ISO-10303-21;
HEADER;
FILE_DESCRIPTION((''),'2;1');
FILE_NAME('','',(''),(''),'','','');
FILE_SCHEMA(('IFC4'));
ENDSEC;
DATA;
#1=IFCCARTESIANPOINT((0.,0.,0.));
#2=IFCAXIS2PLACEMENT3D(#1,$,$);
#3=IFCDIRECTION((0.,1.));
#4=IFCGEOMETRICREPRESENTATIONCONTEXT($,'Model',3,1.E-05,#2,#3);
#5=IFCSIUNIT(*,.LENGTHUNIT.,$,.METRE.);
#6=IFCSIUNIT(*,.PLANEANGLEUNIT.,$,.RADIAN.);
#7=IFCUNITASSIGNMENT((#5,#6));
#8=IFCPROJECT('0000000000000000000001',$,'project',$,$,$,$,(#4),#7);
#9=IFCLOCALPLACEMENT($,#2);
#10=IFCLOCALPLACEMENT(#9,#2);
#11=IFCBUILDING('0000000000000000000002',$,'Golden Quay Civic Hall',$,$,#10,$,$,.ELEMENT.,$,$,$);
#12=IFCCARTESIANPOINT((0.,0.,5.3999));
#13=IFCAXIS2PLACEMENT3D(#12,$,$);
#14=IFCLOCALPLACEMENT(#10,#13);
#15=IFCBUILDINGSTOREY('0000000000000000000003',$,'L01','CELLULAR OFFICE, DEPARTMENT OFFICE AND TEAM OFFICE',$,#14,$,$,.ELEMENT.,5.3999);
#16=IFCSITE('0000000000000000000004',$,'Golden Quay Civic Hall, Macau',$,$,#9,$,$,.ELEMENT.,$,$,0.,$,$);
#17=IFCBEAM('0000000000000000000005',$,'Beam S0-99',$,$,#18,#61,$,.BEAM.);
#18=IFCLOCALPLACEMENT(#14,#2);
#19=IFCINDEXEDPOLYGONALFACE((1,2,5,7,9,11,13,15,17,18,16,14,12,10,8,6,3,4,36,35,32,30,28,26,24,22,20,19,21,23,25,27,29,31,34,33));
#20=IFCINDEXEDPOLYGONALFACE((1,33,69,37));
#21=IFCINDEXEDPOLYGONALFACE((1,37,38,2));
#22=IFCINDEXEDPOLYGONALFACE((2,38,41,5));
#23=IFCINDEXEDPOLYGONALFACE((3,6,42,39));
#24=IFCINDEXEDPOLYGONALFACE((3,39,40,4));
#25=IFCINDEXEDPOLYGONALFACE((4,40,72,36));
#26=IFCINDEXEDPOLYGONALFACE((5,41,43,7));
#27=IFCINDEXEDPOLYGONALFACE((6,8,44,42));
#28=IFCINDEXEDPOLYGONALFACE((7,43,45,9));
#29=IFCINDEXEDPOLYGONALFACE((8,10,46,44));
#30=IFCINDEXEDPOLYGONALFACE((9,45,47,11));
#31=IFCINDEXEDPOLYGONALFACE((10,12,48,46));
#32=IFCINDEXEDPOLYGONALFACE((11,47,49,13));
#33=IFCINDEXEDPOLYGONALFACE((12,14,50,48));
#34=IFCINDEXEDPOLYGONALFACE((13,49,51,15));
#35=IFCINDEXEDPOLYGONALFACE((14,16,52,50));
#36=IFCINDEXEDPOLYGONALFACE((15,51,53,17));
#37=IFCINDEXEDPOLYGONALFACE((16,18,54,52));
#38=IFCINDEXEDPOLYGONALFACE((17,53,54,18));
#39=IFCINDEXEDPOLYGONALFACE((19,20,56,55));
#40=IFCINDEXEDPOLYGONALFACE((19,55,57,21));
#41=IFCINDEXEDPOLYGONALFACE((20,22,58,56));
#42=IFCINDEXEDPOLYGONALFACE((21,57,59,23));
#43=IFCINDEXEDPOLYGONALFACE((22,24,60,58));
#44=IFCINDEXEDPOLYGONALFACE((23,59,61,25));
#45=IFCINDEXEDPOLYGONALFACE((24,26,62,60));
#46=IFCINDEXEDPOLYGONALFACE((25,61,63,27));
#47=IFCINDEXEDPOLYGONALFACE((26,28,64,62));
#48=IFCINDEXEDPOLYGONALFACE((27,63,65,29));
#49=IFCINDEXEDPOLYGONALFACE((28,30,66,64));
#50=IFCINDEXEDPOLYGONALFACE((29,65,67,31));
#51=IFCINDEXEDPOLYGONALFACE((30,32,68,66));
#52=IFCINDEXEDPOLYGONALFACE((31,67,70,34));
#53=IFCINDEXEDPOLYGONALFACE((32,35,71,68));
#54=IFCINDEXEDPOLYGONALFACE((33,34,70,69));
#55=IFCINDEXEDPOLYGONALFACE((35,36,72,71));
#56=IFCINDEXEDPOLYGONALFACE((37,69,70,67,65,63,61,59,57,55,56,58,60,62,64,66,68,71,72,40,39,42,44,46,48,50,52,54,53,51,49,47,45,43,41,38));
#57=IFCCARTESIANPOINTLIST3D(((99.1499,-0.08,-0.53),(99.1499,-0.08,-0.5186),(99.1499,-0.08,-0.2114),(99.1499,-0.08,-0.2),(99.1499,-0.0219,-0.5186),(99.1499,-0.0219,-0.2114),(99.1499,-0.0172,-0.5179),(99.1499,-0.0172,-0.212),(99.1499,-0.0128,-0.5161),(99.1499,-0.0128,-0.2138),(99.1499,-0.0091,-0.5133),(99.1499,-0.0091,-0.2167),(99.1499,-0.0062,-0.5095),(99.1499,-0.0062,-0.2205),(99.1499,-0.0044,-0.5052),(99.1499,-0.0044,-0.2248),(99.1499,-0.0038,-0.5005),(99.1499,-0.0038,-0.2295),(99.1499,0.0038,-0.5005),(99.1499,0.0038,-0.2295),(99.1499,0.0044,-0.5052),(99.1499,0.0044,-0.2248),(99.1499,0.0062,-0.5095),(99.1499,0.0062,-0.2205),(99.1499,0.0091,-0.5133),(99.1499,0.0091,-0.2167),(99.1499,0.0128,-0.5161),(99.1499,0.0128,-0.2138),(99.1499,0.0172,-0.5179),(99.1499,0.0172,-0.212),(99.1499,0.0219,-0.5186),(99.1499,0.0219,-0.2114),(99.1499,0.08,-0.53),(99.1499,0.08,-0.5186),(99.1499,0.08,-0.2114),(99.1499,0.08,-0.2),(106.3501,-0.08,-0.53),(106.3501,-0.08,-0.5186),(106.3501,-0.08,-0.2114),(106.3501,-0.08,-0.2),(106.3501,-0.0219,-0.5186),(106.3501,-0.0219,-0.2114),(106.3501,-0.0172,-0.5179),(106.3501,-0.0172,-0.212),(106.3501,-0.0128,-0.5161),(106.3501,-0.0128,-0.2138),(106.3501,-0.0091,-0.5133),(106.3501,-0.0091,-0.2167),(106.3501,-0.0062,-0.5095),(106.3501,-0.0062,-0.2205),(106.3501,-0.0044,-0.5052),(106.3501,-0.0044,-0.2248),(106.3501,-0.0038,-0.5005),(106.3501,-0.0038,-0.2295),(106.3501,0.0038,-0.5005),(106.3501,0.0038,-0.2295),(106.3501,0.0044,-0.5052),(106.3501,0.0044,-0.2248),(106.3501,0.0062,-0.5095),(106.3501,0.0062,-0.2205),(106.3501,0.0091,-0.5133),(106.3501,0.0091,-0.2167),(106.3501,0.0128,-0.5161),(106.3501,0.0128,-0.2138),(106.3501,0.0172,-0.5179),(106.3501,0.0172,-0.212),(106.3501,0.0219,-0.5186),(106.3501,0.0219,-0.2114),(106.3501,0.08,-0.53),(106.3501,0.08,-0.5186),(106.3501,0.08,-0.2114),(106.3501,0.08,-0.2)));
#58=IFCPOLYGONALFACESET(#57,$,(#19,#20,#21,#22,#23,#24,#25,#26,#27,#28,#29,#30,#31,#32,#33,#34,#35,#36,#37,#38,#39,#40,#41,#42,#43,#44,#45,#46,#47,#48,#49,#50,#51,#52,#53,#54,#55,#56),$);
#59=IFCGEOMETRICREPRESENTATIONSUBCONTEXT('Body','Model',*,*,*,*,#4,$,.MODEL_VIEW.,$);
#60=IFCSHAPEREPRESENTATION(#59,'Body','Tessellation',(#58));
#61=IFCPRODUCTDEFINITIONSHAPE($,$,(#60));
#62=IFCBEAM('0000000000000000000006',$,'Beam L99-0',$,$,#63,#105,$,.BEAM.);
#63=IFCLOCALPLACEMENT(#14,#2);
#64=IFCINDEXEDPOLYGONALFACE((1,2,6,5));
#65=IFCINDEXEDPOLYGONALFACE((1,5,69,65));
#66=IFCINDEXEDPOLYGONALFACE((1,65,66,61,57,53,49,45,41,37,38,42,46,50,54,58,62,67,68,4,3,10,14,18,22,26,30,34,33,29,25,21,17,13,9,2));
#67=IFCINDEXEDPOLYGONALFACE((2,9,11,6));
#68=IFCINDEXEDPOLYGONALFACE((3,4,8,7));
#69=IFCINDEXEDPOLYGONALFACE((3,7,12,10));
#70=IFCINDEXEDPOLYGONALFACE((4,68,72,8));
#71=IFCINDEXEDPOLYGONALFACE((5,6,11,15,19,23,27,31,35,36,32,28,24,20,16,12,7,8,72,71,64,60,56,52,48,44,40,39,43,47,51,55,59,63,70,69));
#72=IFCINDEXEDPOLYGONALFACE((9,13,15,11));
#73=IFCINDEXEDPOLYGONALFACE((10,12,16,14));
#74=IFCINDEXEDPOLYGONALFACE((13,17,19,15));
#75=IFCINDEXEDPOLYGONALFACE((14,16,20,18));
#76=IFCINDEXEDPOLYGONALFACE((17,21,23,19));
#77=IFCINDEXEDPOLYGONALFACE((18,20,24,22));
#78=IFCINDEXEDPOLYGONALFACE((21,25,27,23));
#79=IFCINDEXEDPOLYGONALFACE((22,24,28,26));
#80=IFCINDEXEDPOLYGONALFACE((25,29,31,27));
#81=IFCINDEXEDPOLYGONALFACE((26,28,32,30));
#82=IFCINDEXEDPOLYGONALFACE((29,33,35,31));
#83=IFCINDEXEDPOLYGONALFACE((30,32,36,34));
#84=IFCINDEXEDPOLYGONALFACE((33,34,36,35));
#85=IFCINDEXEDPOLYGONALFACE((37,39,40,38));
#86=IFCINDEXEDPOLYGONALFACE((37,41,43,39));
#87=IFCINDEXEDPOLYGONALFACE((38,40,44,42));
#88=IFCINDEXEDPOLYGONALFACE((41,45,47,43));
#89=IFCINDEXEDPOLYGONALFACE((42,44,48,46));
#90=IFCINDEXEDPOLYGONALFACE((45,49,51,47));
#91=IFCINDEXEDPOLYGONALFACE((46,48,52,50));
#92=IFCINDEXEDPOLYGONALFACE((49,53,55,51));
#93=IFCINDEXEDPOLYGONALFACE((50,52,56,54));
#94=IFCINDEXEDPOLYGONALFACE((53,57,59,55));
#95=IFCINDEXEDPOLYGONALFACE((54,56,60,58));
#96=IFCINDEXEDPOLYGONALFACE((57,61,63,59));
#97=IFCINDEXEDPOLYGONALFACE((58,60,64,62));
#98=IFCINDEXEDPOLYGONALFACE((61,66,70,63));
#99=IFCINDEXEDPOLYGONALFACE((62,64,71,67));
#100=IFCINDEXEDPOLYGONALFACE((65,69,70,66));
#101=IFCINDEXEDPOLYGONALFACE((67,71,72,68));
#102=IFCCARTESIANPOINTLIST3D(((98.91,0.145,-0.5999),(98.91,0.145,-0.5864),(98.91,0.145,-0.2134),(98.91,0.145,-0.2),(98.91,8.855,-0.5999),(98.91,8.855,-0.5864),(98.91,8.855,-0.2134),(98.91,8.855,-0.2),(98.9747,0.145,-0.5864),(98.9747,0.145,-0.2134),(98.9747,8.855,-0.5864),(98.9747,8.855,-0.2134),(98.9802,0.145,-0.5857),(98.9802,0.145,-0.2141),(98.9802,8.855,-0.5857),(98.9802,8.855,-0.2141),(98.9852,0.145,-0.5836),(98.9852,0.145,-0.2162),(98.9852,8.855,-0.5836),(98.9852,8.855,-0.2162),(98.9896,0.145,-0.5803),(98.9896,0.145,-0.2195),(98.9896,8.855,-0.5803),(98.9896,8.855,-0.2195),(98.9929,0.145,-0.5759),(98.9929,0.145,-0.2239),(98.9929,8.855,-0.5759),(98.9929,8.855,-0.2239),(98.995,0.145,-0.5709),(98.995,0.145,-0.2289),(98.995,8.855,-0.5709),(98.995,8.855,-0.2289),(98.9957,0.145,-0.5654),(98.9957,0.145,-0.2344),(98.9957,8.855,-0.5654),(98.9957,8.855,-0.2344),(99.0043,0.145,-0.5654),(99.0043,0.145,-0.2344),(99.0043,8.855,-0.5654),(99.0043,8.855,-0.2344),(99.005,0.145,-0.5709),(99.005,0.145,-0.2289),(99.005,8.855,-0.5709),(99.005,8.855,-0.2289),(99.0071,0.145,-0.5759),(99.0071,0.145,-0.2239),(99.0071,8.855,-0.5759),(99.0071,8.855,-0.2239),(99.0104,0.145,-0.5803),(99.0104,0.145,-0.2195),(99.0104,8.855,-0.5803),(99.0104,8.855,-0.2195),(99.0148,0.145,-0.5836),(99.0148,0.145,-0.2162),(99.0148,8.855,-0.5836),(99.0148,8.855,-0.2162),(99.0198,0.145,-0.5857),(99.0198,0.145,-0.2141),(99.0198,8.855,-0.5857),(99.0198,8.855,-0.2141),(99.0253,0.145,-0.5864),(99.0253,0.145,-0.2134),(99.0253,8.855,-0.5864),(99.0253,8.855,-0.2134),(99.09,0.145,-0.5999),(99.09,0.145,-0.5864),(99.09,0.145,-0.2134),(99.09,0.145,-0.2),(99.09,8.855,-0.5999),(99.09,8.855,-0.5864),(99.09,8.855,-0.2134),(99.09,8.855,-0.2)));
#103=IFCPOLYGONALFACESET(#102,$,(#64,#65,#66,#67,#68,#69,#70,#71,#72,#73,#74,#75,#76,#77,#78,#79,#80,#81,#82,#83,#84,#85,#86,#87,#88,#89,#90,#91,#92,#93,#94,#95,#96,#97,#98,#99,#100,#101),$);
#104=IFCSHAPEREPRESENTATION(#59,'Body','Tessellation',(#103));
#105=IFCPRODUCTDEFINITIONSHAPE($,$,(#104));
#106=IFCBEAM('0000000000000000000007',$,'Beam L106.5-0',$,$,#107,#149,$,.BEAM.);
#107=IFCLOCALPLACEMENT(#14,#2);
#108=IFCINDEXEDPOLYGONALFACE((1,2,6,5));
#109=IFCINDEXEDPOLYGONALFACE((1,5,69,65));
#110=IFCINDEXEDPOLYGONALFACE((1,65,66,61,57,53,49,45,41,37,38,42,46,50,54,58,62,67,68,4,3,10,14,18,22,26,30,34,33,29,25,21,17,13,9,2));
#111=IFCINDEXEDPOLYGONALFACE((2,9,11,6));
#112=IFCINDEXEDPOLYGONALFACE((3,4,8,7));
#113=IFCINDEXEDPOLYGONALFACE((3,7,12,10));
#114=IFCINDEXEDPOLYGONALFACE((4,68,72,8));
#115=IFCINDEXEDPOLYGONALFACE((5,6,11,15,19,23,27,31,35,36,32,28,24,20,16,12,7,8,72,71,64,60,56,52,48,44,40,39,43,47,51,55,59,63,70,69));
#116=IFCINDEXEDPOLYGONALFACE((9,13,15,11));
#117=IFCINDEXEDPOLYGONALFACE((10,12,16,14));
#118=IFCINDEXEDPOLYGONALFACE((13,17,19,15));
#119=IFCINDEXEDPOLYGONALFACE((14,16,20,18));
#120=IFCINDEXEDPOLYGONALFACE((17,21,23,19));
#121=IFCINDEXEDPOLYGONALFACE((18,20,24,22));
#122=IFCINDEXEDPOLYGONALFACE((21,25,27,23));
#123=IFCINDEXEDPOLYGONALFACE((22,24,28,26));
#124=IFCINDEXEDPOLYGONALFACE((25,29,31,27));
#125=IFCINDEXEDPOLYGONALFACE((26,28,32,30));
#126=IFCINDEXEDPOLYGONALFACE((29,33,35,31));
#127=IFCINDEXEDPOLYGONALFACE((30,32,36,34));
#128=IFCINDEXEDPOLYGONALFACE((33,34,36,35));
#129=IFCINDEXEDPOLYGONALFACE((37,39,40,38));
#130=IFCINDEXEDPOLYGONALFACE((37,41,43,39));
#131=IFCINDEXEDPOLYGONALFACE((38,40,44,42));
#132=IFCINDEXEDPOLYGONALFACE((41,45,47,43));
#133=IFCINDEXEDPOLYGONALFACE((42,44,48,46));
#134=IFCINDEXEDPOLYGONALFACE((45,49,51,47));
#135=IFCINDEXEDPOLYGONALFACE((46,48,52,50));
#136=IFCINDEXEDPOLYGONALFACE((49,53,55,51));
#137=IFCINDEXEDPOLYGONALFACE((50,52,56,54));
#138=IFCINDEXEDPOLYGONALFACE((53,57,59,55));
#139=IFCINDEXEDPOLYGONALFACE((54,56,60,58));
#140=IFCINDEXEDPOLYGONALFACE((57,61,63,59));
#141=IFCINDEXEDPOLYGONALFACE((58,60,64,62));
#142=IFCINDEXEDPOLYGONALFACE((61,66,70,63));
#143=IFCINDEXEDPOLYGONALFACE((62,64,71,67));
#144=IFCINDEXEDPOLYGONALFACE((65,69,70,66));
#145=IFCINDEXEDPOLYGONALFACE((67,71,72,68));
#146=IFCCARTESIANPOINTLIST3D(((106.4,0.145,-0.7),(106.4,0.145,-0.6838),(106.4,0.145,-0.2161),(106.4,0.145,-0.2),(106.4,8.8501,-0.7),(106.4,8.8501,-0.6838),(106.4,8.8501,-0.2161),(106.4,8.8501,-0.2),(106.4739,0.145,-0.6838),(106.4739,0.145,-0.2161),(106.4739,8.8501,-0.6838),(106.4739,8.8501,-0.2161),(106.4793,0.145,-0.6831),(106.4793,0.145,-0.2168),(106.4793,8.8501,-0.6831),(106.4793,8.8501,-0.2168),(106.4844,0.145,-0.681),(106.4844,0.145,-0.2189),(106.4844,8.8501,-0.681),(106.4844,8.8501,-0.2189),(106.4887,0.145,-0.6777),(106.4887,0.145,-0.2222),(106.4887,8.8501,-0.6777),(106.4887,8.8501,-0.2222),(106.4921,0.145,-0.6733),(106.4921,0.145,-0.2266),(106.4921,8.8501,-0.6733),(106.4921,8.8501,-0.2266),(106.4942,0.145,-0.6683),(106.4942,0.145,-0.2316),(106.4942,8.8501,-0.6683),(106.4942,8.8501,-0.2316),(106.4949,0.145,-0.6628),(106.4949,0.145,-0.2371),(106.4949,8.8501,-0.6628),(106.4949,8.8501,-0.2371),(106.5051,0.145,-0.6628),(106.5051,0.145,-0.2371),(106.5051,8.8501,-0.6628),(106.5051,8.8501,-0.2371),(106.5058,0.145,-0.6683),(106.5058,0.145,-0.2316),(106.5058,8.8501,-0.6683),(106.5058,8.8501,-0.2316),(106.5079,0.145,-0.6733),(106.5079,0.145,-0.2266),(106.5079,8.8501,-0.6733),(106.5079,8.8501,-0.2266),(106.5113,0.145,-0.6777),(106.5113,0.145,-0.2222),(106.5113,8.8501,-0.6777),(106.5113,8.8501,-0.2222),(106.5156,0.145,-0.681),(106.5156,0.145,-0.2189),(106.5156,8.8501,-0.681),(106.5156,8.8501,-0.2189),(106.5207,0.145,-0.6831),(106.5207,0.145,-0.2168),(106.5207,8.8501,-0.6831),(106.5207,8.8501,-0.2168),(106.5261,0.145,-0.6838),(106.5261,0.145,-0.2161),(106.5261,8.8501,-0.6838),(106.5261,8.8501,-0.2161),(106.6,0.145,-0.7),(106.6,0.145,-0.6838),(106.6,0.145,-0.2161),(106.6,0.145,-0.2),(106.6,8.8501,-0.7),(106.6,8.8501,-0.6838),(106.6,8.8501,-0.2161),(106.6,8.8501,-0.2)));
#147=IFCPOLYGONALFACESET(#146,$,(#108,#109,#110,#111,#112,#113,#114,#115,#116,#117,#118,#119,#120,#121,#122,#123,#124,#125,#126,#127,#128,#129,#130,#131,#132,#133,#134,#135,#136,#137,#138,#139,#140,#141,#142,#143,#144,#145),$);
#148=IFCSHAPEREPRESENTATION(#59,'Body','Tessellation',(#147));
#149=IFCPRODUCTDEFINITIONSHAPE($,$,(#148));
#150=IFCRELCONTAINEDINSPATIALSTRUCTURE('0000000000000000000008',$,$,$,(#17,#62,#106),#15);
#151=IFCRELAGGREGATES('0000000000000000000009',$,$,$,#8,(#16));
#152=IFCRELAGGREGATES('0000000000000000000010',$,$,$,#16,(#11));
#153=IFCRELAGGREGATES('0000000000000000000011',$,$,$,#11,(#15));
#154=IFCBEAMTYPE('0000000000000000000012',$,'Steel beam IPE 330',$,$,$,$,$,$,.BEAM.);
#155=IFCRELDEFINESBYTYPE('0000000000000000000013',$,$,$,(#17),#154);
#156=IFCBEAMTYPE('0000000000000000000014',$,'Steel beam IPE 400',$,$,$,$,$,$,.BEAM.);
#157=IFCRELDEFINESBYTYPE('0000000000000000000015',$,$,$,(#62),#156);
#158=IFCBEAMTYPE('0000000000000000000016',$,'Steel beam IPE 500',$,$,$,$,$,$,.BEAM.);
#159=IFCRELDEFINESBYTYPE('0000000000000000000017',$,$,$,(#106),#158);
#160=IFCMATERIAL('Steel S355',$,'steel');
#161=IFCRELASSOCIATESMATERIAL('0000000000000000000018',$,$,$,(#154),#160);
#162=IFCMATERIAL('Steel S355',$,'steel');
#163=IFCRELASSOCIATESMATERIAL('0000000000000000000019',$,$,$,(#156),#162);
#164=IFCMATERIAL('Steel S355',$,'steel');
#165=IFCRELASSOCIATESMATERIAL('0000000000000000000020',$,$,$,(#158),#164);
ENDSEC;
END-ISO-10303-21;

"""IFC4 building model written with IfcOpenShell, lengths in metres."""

from ifc_helpers import new_model, si_unit, direction, frame, origin, origin_2d, place, context, subcontext, project, spatial, i_section, extrude, material, material_profile, profile_set, type_object, element, save


model = new_model("IFC4")

# Units and contexts
model_context = context("Model", 3, precision=1e-05, world=origin(), true_north=direction((0.0, 1.0)))
body_context = subcontext(model_context, "Body", "Model", "MODEL_VIEW")
ifc_project = project(units=[si_unit("LENGTHUNIT", "METRE"), si_unit("PLANEANGLEUNIT", "RADIAN")], contexts=[model_context])

# Site, building, storey
site_placement = place(None, origin())
site = spatial("IfcSite", under=ifc_project, at=site_placement, Name="Golden Quay Civic Hall, Macau", CompositionType="ELEMENT", RefElevation=0.0)
building_placement = place(site_placement, origin())
building = spatial("IfcBuilding", under=site, at=building_placement, Name="Golden Quay Civic Hall", CompositionType="ELEMENT")
storey_placement = place(building_placement, frame((0.0, 0.0, 5.3999)))
storey = spatial("IfcBuildingStorey", under=building, at=storey_placement, Name="L01", Description="CELLULAR OFFICE, DEPARTMENT OFFICE AND TEAM OFFICE", CompositionType="ELEMENT", Elevation=5.3999)

# Beams
ifc_material_1 = material(Name="Steel S355", Category="steel")
ifc_material_profile_1 = material_profile(ifc_material_1, i_section(OverallWidth=0.1599, OverallDepth=0.3301, WebThickness=0.0076, FlangeThickness=0.0115, FilletRadius=0.0181, at=origin_2d()), Name="IPE 330")
ifc_profile_set_1 = profile_set([ifc_material_profile_1], Name="Steel S355")
beam_type_1 = type_object("IfcBeamType", Name="Steel beam IPE 330", PredefinedType="BEAM", material=ifc_profile_set_1)
beam_1_placement = place(storey_placement, frame((99.1499, 0.0, -0.365), z_axis=(1.0, 0.0, 0.0), x_axis=(0.0, 1.0, 0.0)))
element("IfcBeam", 1, at=beam_1_placement, inside=storey, type_object=beam_type_1, Name="Beam S0-99", PredefinedType="BEAM", context=body_context, shape_type="SweptSolid", body=[
    extrude(i_section(OverallWidth=0.1599, OverallDepth=0.3301, WebThickness=0.0076, FlangeThickness=0.0115, FilletRadius=0.0181, at=origin_2d()), origin(), (0.0, 0.0, 1.0), 7.2002),
])
ifc_material_2 = material(Name="Steel S355", Category="steel")
ifc_material_profile_2 = material_profile(ifc_material_2, i_section(OverallWidth=0.1799, OverallDepth=0.3999, WebThickness=0.0085, FlangeThickness=0.0134, FilletRadius=0.021, at=origin_2d()), Name="IPE 400")
ifc_profile_set_2 = profile_set([ifc_material_profile_2], Name="Steel S355")
beam_type_2 = type_object("IfcBeamType", Name="Steel beam IPE 400", PredefinedType="BEAM", material=ifc_profile_set_2)
beam_2_placement = place(storey_placement, frame((99.0, 0.145, -0.3999), z_axis=(0.0, 1.0, 0.0), x_axis=(-1.0, 0.0, 0.0)))
element("IfcBeam", 2, at=beam_2_placement, inside=storey, type_object=beam_type_2, Name="Beam L99-0", PredefinedType="BEAM", context=body_context, shape_type="SweptSolid", body=[
    extrude(i_section(OverallWidth=0.1799, OverallDepth=0.3999, WebThickness=0.0085, FlangeThickness=0.0134, FilletRadius=0.021, at=origin_2d()), origin(), (0.0, 0.0, 1.0), 8.71),
])
ifc_material_3 = material(Name="Steel S355", Category="steel")
ifc_material_profile_3 = material_profile(ifc_material_3, i_section(OverallWidth=0.2, OverallDepth=0.5, WebThickness=0.0103, FlangeThickness=0.0161, FilletRadius=0.021, at=origin_2d()), Name="IPE 500")
ifc_profile_set_3 = profile_set([ifc_material_profile_3], Name="Steel S355")
beam_type_3 = type_object("IfcBeamType", Name="Steel beam IPE 500", PredefinedType="BEAM", material=ifc_profile_set_3)
beam_3_placement = place(storey_placement, frame((106.5, 0.145, -0.45), z_axis=(0.0, 1.0, 0.0), x_axis=(-1.0, 0.0, 0.0)))
element("IfcBeam", 3, at=beam_3_placement, inside=storey, type_object=beam_type_3, Name="Beam L106.5-0", PredefinedType="BEAM", context=body_context, shape_type="SweptSolid", body=[
    extrude(i_section(OverallWidth=0.2, OverallDepth=0.5, WebThickness=0.0103, FlangeThickness=0.0161, FilletRadius=0.021, at=origin_2d()), origin(), (0.0, 0.0, 1.0), 8.7051),
])

save(model, "model.ifc")
